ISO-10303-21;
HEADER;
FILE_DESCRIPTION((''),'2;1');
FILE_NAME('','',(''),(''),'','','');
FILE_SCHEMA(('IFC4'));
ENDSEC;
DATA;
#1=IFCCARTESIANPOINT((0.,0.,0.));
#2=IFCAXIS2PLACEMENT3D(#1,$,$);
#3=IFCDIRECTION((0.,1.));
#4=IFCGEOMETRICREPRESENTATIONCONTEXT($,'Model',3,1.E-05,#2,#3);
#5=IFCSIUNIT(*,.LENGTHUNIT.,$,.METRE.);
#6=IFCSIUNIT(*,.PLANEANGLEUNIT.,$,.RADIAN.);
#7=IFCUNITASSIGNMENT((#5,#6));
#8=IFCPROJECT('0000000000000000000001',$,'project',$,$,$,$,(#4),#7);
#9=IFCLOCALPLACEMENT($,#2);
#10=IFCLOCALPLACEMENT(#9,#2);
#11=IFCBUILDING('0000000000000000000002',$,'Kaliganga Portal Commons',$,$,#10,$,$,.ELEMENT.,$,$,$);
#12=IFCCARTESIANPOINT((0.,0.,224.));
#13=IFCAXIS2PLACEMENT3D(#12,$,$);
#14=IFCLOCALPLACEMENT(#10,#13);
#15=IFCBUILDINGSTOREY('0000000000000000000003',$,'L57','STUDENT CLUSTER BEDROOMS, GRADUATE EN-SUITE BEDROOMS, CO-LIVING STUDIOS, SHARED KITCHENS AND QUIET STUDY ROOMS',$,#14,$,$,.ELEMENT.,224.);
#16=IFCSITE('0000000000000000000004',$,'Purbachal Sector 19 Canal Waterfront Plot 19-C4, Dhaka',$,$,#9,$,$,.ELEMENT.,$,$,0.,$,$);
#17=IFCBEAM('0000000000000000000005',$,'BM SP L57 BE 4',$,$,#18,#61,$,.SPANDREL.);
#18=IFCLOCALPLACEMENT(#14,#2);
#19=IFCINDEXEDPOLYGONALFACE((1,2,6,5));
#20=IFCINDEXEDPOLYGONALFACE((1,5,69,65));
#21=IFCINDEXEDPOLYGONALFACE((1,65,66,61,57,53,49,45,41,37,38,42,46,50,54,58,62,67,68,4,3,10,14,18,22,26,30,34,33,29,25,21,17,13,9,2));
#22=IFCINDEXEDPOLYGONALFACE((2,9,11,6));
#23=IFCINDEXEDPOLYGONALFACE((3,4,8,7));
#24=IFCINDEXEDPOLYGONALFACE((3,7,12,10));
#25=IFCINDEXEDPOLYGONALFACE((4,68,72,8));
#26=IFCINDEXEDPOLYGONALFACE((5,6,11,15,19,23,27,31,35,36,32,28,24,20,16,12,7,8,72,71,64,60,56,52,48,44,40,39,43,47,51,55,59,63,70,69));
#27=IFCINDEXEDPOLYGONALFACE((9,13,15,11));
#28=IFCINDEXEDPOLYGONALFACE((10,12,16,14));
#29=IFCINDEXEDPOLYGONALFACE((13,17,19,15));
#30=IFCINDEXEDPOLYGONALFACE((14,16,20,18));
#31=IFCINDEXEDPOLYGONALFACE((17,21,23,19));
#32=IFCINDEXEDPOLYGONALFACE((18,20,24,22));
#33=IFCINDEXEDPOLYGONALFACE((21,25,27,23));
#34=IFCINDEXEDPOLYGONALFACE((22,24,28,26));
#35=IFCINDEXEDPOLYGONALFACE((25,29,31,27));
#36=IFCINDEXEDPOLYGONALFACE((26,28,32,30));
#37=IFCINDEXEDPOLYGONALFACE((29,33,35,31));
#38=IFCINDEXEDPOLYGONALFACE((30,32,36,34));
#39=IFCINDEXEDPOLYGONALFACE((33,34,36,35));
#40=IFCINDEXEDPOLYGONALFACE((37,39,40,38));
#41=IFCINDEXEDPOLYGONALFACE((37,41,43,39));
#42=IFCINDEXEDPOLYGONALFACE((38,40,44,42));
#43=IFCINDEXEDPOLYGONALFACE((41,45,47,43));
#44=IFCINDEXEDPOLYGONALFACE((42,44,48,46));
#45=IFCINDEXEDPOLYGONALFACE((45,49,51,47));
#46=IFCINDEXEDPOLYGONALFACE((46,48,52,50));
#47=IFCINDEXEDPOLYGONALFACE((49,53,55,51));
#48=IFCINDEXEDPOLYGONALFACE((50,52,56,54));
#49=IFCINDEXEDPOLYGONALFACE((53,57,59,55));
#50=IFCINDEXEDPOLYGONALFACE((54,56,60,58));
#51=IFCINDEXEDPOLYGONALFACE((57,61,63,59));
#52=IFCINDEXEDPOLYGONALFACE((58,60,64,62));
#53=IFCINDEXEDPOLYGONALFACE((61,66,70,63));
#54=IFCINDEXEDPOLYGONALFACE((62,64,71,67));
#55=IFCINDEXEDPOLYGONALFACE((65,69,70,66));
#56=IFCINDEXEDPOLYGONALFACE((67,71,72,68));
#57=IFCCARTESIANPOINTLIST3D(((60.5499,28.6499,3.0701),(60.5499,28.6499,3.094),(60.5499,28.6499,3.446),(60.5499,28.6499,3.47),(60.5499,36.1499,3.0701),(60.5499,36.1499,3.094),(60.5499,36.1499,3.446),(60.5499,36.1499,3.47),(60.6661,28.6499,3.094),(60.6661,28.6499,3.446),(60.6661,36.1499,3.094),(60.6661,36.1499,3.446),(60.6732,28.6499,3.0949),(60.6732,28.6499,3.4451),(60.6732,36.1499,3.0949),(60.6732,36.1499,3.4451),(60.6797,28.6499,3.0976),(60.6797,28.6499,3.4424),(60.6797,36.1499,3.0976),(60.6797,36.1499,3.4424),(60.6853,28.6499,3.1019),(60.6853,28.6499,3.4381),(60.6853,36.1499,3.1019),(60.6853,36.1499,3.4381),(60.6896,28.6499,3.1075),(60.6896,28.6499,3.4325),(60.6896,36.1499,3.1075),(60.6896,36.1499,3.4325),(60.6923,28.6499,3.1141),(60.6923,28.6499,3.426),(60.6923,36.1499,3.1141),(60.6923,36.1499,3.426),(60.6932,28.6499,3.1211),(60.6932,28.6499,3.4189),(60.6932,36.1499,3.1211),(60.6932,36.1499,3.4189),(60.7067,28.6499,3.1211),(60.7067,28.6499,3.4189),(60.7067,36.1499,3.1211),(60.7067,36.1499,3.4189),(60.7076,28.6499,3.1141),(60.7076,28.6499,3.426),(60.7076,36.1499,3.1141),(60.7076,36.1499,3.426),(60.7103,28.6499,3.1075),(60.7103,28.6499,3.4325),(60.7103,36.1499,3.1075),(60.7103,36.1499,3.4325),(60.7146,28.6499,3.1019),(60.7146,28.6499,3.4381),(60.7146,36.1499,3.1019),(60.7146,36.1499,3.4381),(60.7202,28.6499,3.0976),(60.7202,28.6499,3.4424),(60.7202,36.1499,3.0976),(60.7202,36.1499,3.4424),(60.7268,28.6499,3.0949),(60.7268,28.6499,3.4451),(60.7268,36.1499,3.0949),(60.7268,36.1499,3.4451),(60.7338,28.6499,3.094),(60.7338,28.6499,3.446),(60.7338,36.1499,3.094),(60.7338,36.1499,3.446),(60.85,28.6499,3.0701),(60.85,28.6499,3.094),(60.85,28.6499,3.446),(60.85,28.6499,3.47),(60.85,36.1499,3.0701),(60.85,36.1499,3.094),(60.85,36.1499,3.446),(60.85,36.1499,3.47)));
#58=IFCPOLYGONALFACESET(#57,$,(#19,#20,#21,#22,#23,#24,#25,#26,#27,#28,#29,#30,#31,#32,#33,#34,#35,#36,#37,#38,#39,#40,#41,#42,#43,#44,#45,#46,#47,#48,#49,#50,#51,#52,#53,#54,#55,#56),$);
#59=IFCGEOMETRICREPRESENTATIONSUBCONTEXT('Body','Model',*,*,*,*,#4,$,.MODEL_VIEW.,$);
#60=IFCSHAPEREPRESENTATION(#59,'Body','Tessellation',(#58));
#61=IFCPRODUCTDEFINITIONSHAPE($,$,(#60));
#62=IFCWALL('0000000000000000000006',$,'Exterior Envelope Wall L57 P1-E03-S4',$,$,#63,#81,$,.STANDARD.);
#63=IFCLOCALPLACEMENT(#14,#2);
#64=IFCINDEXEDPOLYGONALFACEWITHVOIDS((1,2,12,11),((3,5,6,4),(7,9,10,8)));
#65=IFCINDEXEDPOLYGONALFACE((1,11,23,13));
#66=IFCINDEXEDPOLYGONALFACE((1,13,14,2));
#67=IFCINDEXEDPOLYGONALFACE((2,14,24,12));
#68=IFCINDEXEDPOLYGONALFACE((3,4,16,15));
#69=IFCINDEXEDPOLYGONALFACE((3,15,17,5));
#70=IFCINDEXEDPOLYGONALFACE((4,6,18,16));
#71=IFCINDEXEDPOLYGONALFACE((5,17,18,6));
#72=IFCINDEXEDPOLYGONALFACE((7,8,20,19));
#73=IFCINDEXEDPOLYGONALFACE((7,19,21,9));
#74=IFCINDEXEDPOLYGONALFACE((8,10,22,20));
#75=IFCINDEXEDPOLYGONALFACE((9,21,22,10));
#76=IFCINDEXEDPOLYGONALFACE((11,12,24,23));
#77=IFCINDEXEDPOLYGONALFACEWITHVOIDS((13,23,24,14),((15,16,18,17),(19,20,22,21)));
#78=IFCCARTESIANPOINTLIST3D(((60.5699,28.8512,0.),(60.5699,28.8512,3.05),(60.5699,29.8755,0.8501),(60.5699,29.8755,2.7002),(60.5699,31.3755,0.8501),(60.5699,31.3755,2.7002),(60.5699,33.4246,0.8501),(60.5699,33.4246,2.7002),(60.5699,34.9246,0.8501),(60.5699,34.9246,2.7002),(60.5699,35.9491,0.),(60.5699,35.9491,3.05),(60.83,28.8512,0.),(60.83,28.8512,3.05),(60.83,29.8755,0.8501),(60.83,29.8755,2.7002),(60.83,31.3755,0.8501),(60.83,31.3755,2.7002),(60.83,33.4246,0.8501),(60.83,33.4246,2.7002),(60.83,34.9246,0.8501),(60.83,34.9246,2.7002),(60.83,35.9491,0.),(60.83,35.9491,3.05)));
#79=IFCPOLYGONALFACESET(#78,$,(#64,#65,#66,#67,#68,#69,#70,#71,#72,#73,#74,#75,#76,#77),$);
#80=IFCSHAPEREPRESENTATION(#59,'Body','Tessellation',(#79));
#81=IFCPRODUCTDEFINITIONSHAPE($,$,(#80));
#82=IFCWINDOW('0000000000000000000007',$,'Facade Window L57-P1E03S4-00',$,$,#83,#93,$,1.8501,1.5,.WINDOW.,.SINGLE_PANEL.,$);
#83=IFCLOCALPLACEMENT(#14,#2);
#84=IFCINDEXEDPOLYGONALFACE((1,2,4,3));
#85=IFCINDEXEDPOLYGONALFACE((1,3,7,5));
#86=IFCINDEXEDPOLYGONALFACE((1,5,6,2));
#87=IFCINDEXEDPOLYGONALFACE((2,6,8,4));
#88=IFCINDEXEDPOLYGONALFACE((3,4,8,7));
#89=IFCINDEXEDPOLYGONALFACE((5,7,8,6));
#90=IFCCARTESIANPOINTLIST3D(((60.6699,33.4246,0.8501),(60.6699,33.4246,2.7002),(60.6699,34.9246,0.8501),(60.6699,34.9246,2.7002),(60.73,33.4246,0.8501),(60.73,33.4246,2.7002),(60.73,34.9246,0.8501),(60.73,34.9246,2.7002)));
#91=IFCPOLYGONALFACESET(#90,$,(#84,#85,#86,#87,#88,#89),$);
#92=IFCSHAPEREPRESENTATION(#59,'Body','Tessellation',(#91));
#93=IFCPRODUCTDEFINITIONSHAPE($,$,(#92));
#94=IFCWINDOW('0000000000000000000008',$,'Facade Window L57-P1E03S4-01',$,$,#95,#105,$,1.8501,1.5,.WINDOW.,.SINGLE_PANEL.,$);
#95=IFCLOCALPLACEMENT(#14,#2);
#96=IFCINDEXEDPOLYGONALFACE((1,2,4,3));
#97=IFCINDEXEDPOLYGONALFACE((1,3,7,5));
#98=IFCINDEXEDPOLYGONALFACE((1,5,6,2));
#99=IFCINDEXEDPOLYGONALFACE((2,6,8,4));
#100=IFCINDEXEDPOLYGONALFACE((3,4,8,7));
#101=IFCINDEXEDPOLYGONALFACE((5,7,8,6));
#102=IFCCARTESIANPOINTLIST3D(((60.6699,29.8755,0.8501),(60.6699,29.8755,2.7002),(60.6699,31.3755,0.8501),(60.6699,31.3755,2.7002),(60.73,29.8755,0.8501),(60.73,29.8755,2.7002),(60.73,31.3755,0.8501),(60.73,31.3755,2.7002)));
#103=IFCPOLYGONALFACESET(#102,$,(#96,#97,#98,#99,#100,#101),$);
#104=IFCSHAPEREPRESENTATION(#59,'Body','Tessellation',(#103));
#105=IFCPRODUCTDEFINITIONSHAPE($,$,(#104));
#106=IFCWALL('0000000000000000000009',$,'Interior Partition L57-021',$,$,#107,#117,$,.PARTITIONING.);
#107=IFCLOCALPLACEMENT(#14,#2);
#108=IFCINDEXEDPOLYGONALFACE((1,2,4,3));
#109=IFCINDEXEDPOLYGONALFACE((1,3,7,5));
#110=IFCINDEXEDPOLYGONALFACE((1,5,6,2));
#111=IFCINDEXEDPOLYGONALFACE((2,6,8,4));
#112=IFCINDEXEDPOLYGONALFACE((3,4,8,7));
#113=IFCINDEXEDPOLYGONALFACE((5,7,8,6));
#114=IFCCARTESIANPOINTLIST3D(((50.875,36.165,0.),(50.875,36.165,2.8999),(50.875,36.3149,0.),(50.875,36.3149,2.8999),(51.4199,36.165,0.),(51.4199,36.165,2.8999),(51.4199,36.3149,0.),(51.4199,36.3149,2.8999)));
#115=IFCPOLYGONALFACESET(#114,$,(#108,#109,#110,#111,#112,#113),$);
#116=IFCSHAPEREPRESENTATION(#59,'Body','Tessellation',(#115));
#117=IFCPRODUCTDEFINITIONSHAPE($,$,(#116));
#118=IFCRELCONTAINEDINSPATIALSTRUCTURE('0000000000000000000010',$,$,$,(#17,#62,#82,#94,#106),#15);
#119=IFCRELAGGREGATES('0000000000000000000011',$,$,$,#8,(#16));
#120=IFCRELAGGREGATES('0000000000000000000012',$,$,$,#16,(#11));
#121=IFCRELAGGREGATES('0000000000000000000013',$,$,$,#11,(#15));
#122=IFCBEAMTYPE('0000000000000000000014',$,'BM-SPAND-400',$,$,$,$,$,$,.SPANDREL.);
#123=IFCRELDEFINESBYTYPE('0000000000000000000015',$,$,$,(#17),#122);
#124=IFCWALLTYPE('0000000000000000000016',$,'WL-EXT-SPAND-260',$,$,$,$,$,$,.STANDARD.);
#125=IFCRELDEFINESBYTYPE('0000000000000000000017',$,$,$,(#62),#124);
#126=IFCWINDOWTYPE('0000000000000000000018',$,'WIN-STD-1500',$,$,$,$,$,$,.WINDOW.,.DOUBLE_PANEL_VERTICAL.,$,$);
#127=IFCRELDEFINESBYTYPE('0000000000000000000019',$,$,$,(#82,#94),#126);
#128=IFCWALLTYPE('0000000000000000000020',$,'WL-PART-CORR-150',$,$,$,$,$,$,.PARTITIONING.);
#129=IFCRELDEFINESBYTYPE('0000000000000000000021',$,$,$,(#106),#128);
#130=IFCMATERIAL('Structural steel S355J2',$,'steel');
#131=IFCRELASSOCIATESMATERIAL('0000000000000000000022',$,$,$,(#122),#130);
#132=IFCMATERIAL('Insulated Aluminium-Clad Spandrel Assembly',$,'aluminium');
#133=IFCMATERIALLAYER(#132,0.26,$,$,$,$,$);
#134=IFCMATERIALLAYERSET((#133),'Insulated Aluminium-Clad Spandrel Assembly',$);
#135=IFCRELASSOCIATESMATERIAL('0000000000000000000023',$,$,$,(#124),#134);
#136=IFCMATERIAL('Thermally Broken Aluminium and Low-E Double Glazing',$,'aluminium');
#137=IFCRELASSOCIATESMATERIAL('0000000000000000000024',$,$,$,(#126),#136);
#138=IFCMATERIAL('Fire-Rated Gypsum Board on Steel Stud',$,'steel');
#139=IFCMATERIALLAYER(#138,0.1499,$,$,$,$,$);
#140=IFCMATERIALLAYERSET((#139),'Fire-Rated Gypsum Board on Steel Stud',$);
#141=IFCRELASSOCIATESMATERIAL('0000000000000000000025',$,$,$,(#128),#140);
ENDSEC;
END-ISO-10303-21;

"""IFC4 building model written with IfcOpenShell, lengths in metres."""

from ifc_helpers import new_model, si_unit, direction, frame, frame_2d, origin, origin_2d, place, context, subcontext, project, spatial, rectangle, i_section, extrude, source, transform, mapped, material, layer, layer_set, material_profile, profile_set, type_object, element, fill, save


model = new_model("IFC4")

# Units and contexts
model_context = context("Model", 3, precision=1e-05, world=origin(), true_north=direction((0.0, 1.0)))
body_context = subcontext(model_context, "Body", "Model", "MODEL_VIEW")
ifc_project = project(units=[si_unit("LENGTHUNIT", "METRE"), si_unit("PLANEANGLEUNIT", "RADIAN")], contexts=[model_context])

# Site, building, storey
site_placement = place(None, origin())
site = spatial("IfcSite", under=ifc_project, at=site_placement, Name="Purbachal Sector 19 Canal Waterfront Plot 19-C4, Dhaka", CompositionType="ELEMENT", RefElevation=0.0)
building_placement = place(site_placement, origin())
building = spatial("IfcBuilding", under=site, at=building_placement, Name="Kaliganga Portal Commons", CompositionType="ELEMENT")
storey_placement = place(building_placement, frame((0.0, 0.0, 224.0)))
storey = spatial("IfcBuildingStorey", under=building, at=storey_placement, Name="L57", Description="STUDENT CLUSTER BEDROOMS, GRADUATE EN-SUITE BEDROOMS, CO-LIVING STUDIOS, SHARED KITCHENS AND QUIET STUDY ROOMS", CompositionType="ELEMENT", Elevation=224.0)

# Shared definitions
ifc_material_1 = material(Name="Structural steel S355J2", Category="steel")

# Beam
ifc_material_profile_1 = material_profile(ifc_material_1, i_section(OverallWidth=0.3, OverallDepth=0.3999, WebThickness=0.0134, FlangeThickness=0.0239, FilletRadius=0.0271, at=origin_2d()), Name="HE 400 B")
ifc_profile_set_1 = profile_set([ifc_material_profile_1], Name="Structural steel S355J2 wide-flange")
beam_type_1 = type_object("IfcBeamType", Name="BM-SPAND-400", PredefinedType="SPANDREL", material=ifc_profile_set_1)
shared_shape_1 = source(origin(), body_context, "Body", "SweptSolid", [
    extrude(i_section(OverallWidth=0.3, OverallDepth=0.3999, WebThickness=0.0134, FlangeThickness=0.0239, FilletRadius=0.0271, at=origin_2d()), origin(), (0.0, 0.0, 1.0), 7.5),
])
beam_1_placement = place(storey_placement, frame((60.7, 28.6499, 3.27), z_axis=(0.0, 1.0, 0.0), x_axis=(-1.0, 0.0, 0.0)))
element("IfcBeam", 1, at=beam_1_placement, inside=storey, type_object=beam_type_1, Name="BM SP L57 BE 4", PredefinedType="SPANDREL", context=body_context, shape_type="MappedRepresentation", body=[
    mapped(shared_shape_1, transform((0.0, 0.0, 0.0), x_axis=(1.0, 0.0, 0.0), y_axis=(0.0, 1.0, 0.0), z_axis=(0.0, 0.0, 1.0), scale=1.0)),
])

# Wall, openings, windows
ifc_material_2 = material(Name="Insulated Aluminium-Clad Spandrel Assembly", Category="aluminium")
ifc_layer_1 = layer(ifc_material_2, 0.26)
ifc_layer_set_1 = layer_set([ifc_layer_1], Name="Insulated Aluminium-Clad Spandrel Assembly")
wall_type_1 = type_object("IfcWallType", Name="WL-EXT-SPAND-260", PredefinedType="STANDARD", material=ifc_layer_set_1)
wall_1_placement = place(storey_placement, frame((60.7, 35.949, 0.0), z_axis=(0.0, 0.0, 1.0), x_axis=(0.0, -1.0, 0.0)))
wall_1 = element("IfcWall", 2, at=wall_1_placement, inside=storey, type_object=wall_type_1, Name="Exterior Envelope Wall L57 P1-E03-S4", PredefinedType="STANDARD", context=body_context, shape_type="SweptSolid", body=[
    extrude(rectangle(XDim=7.0979, YDim=0.26, at=frame_2d((3.5488, 0.0))), origin(), (0.0, 0.0, 1.0), 3.05),
])
opening_1_placement = place(wall_1_placement, frame((1.0244, 0.0, 0.8501)))
opening_1 = element("IfcOpeningElement", 3, at=opening_1_placement, cuts=wall_1, PredefinedType="OPENING", context=body_context, shape_type="SweptSolid", body=[
    extrude(rectangle(XDim=1.5, YDim=1.8501, at=frame_2d((0.75, 0.925))), frame((0.0, 0.1401, 0.0), z_axis=(0.0, -1.0, 0.0), x_axis=(1.0, 0.0, 0.0)), (0.0, 0.0, 1.0), 0.28),
])
opening_2_placement = place(wall_1_placement, frame((4.5735, 0.0, 0.8501)))
opening_2 = element("IfcOpeningElement", 4, at=opening_2_placement, cuts=wall_1, PredefinedType="OPENING", context=body_context, shape_type="SweptSolid", body=[
    extrude(rectangle(XDim=1.5, YDim=1.8501, at=frame_2d((0.75, 0.925))), frame((0.0, 0.1401, 0.0), z_axis=(0.0, -1.0, 0.0), x_axis=(1.0, 0.0, 0.0)), (0.0, 0.0, 1.0), 0.28),
])
ifc_material_3 = material(Name="Thermally Broken Aluminium and Low-E Double Glazing", Category="aluminium")
window_type = type_object("IfcWindowType", Name="WIN-STD-1500", PartitioningType="DOUBLE_PANEL_VERTICAL", PredefinedType="WINDOW", material=ifc_material_3)
window_1_placement = place(opening_1_placement, origin())
window_1 = element("IfcWindow", 5, at=window_1_placement, inside=storey, type_object=window_type, Name="Facade Window L57-P1E03S4-00", OverallHeight=1.8501, OverallWidth=1.5, PartitioningType="SINGLE_PANEL", PredefinedType="WINDOW", context=body_context, shape_type="SweptSolid", body=[
    extrude(rectangle(XDim=1.5, YDim=1.8501, at=frame_2d((0.75, 0.925))), frame((0.0, 0.03, 0.0), z_axis=(0.0, -1.0, 0.0), x_axis=(1.0, 0.0, 0.0)), (0.0, 0.0, 1.0), 0.0601),
])
fill(opening_1, window_1)
window_2_placement = place(opening_2_placement, origin())
window_2 = element("IfcWindow", 6, at=window_2_placement, inside=storey, type_object=window_type, Name="Facade Window L57-P1E03S4-01", OverallHeight=1.8501, OverallWidth=1.5, PartitioningType="SINGLE_PANEL", PredefinedType="WINDOW", context=body_context, shape_type="SweptSolid", body=[
    extrude(rectangle(XDim=1.5, YDim=1.8501, at=frame_2d((0.75, 0.925))), frame((0.0, 0.03, 0.0), z_axis=(0.0, -1.0, 0.0), x_axis=(1.0, 0.0, 0.0)), (0.0, 0.0, 1.0), 0.0601),
])
fill(opening_2, window_2)

# Shared definitions
ifc_material_4 = material(Name="Fire-Rated Gypsum Board on Steel Stud", Category="steel")
ifc_layer_2 = layer(ifc_material_4, 0.1499)
ifc_layer_set_2 = layer_set([ifc_layer_2], Name="Fire-Rated Gypsum Board on Steel Stud")
wall_type_2 = type_object("IfcWallType", Name="WL-PART-CORR-150", PredefinedType="PARTITIONING", material=ifc_layer_set_2)

# Wall
wall_2_placement = place(storey_placement, frame((50.875, 36.24, 0.0), z_axis=(0.0, 0.0, 1.0), x_axis=(1.0, 0.0, 0.0)))
element("IfcWall", 7, at=wall_2_placement, inside=storey, type_object=wall_type_2, Name="Interior Partition L57-021", PredefinedType="PARTITIONING", context=body_context, shape_type="SweptSolid", body=[
    extrude(rectangle(XDim=0.5449, YDim=0.1499, at=frame_2d((0.2725, 0.0))), origin(), (0.0, 0.0, 1.0), 2.8999),
])

save(model, "model.ifc")
